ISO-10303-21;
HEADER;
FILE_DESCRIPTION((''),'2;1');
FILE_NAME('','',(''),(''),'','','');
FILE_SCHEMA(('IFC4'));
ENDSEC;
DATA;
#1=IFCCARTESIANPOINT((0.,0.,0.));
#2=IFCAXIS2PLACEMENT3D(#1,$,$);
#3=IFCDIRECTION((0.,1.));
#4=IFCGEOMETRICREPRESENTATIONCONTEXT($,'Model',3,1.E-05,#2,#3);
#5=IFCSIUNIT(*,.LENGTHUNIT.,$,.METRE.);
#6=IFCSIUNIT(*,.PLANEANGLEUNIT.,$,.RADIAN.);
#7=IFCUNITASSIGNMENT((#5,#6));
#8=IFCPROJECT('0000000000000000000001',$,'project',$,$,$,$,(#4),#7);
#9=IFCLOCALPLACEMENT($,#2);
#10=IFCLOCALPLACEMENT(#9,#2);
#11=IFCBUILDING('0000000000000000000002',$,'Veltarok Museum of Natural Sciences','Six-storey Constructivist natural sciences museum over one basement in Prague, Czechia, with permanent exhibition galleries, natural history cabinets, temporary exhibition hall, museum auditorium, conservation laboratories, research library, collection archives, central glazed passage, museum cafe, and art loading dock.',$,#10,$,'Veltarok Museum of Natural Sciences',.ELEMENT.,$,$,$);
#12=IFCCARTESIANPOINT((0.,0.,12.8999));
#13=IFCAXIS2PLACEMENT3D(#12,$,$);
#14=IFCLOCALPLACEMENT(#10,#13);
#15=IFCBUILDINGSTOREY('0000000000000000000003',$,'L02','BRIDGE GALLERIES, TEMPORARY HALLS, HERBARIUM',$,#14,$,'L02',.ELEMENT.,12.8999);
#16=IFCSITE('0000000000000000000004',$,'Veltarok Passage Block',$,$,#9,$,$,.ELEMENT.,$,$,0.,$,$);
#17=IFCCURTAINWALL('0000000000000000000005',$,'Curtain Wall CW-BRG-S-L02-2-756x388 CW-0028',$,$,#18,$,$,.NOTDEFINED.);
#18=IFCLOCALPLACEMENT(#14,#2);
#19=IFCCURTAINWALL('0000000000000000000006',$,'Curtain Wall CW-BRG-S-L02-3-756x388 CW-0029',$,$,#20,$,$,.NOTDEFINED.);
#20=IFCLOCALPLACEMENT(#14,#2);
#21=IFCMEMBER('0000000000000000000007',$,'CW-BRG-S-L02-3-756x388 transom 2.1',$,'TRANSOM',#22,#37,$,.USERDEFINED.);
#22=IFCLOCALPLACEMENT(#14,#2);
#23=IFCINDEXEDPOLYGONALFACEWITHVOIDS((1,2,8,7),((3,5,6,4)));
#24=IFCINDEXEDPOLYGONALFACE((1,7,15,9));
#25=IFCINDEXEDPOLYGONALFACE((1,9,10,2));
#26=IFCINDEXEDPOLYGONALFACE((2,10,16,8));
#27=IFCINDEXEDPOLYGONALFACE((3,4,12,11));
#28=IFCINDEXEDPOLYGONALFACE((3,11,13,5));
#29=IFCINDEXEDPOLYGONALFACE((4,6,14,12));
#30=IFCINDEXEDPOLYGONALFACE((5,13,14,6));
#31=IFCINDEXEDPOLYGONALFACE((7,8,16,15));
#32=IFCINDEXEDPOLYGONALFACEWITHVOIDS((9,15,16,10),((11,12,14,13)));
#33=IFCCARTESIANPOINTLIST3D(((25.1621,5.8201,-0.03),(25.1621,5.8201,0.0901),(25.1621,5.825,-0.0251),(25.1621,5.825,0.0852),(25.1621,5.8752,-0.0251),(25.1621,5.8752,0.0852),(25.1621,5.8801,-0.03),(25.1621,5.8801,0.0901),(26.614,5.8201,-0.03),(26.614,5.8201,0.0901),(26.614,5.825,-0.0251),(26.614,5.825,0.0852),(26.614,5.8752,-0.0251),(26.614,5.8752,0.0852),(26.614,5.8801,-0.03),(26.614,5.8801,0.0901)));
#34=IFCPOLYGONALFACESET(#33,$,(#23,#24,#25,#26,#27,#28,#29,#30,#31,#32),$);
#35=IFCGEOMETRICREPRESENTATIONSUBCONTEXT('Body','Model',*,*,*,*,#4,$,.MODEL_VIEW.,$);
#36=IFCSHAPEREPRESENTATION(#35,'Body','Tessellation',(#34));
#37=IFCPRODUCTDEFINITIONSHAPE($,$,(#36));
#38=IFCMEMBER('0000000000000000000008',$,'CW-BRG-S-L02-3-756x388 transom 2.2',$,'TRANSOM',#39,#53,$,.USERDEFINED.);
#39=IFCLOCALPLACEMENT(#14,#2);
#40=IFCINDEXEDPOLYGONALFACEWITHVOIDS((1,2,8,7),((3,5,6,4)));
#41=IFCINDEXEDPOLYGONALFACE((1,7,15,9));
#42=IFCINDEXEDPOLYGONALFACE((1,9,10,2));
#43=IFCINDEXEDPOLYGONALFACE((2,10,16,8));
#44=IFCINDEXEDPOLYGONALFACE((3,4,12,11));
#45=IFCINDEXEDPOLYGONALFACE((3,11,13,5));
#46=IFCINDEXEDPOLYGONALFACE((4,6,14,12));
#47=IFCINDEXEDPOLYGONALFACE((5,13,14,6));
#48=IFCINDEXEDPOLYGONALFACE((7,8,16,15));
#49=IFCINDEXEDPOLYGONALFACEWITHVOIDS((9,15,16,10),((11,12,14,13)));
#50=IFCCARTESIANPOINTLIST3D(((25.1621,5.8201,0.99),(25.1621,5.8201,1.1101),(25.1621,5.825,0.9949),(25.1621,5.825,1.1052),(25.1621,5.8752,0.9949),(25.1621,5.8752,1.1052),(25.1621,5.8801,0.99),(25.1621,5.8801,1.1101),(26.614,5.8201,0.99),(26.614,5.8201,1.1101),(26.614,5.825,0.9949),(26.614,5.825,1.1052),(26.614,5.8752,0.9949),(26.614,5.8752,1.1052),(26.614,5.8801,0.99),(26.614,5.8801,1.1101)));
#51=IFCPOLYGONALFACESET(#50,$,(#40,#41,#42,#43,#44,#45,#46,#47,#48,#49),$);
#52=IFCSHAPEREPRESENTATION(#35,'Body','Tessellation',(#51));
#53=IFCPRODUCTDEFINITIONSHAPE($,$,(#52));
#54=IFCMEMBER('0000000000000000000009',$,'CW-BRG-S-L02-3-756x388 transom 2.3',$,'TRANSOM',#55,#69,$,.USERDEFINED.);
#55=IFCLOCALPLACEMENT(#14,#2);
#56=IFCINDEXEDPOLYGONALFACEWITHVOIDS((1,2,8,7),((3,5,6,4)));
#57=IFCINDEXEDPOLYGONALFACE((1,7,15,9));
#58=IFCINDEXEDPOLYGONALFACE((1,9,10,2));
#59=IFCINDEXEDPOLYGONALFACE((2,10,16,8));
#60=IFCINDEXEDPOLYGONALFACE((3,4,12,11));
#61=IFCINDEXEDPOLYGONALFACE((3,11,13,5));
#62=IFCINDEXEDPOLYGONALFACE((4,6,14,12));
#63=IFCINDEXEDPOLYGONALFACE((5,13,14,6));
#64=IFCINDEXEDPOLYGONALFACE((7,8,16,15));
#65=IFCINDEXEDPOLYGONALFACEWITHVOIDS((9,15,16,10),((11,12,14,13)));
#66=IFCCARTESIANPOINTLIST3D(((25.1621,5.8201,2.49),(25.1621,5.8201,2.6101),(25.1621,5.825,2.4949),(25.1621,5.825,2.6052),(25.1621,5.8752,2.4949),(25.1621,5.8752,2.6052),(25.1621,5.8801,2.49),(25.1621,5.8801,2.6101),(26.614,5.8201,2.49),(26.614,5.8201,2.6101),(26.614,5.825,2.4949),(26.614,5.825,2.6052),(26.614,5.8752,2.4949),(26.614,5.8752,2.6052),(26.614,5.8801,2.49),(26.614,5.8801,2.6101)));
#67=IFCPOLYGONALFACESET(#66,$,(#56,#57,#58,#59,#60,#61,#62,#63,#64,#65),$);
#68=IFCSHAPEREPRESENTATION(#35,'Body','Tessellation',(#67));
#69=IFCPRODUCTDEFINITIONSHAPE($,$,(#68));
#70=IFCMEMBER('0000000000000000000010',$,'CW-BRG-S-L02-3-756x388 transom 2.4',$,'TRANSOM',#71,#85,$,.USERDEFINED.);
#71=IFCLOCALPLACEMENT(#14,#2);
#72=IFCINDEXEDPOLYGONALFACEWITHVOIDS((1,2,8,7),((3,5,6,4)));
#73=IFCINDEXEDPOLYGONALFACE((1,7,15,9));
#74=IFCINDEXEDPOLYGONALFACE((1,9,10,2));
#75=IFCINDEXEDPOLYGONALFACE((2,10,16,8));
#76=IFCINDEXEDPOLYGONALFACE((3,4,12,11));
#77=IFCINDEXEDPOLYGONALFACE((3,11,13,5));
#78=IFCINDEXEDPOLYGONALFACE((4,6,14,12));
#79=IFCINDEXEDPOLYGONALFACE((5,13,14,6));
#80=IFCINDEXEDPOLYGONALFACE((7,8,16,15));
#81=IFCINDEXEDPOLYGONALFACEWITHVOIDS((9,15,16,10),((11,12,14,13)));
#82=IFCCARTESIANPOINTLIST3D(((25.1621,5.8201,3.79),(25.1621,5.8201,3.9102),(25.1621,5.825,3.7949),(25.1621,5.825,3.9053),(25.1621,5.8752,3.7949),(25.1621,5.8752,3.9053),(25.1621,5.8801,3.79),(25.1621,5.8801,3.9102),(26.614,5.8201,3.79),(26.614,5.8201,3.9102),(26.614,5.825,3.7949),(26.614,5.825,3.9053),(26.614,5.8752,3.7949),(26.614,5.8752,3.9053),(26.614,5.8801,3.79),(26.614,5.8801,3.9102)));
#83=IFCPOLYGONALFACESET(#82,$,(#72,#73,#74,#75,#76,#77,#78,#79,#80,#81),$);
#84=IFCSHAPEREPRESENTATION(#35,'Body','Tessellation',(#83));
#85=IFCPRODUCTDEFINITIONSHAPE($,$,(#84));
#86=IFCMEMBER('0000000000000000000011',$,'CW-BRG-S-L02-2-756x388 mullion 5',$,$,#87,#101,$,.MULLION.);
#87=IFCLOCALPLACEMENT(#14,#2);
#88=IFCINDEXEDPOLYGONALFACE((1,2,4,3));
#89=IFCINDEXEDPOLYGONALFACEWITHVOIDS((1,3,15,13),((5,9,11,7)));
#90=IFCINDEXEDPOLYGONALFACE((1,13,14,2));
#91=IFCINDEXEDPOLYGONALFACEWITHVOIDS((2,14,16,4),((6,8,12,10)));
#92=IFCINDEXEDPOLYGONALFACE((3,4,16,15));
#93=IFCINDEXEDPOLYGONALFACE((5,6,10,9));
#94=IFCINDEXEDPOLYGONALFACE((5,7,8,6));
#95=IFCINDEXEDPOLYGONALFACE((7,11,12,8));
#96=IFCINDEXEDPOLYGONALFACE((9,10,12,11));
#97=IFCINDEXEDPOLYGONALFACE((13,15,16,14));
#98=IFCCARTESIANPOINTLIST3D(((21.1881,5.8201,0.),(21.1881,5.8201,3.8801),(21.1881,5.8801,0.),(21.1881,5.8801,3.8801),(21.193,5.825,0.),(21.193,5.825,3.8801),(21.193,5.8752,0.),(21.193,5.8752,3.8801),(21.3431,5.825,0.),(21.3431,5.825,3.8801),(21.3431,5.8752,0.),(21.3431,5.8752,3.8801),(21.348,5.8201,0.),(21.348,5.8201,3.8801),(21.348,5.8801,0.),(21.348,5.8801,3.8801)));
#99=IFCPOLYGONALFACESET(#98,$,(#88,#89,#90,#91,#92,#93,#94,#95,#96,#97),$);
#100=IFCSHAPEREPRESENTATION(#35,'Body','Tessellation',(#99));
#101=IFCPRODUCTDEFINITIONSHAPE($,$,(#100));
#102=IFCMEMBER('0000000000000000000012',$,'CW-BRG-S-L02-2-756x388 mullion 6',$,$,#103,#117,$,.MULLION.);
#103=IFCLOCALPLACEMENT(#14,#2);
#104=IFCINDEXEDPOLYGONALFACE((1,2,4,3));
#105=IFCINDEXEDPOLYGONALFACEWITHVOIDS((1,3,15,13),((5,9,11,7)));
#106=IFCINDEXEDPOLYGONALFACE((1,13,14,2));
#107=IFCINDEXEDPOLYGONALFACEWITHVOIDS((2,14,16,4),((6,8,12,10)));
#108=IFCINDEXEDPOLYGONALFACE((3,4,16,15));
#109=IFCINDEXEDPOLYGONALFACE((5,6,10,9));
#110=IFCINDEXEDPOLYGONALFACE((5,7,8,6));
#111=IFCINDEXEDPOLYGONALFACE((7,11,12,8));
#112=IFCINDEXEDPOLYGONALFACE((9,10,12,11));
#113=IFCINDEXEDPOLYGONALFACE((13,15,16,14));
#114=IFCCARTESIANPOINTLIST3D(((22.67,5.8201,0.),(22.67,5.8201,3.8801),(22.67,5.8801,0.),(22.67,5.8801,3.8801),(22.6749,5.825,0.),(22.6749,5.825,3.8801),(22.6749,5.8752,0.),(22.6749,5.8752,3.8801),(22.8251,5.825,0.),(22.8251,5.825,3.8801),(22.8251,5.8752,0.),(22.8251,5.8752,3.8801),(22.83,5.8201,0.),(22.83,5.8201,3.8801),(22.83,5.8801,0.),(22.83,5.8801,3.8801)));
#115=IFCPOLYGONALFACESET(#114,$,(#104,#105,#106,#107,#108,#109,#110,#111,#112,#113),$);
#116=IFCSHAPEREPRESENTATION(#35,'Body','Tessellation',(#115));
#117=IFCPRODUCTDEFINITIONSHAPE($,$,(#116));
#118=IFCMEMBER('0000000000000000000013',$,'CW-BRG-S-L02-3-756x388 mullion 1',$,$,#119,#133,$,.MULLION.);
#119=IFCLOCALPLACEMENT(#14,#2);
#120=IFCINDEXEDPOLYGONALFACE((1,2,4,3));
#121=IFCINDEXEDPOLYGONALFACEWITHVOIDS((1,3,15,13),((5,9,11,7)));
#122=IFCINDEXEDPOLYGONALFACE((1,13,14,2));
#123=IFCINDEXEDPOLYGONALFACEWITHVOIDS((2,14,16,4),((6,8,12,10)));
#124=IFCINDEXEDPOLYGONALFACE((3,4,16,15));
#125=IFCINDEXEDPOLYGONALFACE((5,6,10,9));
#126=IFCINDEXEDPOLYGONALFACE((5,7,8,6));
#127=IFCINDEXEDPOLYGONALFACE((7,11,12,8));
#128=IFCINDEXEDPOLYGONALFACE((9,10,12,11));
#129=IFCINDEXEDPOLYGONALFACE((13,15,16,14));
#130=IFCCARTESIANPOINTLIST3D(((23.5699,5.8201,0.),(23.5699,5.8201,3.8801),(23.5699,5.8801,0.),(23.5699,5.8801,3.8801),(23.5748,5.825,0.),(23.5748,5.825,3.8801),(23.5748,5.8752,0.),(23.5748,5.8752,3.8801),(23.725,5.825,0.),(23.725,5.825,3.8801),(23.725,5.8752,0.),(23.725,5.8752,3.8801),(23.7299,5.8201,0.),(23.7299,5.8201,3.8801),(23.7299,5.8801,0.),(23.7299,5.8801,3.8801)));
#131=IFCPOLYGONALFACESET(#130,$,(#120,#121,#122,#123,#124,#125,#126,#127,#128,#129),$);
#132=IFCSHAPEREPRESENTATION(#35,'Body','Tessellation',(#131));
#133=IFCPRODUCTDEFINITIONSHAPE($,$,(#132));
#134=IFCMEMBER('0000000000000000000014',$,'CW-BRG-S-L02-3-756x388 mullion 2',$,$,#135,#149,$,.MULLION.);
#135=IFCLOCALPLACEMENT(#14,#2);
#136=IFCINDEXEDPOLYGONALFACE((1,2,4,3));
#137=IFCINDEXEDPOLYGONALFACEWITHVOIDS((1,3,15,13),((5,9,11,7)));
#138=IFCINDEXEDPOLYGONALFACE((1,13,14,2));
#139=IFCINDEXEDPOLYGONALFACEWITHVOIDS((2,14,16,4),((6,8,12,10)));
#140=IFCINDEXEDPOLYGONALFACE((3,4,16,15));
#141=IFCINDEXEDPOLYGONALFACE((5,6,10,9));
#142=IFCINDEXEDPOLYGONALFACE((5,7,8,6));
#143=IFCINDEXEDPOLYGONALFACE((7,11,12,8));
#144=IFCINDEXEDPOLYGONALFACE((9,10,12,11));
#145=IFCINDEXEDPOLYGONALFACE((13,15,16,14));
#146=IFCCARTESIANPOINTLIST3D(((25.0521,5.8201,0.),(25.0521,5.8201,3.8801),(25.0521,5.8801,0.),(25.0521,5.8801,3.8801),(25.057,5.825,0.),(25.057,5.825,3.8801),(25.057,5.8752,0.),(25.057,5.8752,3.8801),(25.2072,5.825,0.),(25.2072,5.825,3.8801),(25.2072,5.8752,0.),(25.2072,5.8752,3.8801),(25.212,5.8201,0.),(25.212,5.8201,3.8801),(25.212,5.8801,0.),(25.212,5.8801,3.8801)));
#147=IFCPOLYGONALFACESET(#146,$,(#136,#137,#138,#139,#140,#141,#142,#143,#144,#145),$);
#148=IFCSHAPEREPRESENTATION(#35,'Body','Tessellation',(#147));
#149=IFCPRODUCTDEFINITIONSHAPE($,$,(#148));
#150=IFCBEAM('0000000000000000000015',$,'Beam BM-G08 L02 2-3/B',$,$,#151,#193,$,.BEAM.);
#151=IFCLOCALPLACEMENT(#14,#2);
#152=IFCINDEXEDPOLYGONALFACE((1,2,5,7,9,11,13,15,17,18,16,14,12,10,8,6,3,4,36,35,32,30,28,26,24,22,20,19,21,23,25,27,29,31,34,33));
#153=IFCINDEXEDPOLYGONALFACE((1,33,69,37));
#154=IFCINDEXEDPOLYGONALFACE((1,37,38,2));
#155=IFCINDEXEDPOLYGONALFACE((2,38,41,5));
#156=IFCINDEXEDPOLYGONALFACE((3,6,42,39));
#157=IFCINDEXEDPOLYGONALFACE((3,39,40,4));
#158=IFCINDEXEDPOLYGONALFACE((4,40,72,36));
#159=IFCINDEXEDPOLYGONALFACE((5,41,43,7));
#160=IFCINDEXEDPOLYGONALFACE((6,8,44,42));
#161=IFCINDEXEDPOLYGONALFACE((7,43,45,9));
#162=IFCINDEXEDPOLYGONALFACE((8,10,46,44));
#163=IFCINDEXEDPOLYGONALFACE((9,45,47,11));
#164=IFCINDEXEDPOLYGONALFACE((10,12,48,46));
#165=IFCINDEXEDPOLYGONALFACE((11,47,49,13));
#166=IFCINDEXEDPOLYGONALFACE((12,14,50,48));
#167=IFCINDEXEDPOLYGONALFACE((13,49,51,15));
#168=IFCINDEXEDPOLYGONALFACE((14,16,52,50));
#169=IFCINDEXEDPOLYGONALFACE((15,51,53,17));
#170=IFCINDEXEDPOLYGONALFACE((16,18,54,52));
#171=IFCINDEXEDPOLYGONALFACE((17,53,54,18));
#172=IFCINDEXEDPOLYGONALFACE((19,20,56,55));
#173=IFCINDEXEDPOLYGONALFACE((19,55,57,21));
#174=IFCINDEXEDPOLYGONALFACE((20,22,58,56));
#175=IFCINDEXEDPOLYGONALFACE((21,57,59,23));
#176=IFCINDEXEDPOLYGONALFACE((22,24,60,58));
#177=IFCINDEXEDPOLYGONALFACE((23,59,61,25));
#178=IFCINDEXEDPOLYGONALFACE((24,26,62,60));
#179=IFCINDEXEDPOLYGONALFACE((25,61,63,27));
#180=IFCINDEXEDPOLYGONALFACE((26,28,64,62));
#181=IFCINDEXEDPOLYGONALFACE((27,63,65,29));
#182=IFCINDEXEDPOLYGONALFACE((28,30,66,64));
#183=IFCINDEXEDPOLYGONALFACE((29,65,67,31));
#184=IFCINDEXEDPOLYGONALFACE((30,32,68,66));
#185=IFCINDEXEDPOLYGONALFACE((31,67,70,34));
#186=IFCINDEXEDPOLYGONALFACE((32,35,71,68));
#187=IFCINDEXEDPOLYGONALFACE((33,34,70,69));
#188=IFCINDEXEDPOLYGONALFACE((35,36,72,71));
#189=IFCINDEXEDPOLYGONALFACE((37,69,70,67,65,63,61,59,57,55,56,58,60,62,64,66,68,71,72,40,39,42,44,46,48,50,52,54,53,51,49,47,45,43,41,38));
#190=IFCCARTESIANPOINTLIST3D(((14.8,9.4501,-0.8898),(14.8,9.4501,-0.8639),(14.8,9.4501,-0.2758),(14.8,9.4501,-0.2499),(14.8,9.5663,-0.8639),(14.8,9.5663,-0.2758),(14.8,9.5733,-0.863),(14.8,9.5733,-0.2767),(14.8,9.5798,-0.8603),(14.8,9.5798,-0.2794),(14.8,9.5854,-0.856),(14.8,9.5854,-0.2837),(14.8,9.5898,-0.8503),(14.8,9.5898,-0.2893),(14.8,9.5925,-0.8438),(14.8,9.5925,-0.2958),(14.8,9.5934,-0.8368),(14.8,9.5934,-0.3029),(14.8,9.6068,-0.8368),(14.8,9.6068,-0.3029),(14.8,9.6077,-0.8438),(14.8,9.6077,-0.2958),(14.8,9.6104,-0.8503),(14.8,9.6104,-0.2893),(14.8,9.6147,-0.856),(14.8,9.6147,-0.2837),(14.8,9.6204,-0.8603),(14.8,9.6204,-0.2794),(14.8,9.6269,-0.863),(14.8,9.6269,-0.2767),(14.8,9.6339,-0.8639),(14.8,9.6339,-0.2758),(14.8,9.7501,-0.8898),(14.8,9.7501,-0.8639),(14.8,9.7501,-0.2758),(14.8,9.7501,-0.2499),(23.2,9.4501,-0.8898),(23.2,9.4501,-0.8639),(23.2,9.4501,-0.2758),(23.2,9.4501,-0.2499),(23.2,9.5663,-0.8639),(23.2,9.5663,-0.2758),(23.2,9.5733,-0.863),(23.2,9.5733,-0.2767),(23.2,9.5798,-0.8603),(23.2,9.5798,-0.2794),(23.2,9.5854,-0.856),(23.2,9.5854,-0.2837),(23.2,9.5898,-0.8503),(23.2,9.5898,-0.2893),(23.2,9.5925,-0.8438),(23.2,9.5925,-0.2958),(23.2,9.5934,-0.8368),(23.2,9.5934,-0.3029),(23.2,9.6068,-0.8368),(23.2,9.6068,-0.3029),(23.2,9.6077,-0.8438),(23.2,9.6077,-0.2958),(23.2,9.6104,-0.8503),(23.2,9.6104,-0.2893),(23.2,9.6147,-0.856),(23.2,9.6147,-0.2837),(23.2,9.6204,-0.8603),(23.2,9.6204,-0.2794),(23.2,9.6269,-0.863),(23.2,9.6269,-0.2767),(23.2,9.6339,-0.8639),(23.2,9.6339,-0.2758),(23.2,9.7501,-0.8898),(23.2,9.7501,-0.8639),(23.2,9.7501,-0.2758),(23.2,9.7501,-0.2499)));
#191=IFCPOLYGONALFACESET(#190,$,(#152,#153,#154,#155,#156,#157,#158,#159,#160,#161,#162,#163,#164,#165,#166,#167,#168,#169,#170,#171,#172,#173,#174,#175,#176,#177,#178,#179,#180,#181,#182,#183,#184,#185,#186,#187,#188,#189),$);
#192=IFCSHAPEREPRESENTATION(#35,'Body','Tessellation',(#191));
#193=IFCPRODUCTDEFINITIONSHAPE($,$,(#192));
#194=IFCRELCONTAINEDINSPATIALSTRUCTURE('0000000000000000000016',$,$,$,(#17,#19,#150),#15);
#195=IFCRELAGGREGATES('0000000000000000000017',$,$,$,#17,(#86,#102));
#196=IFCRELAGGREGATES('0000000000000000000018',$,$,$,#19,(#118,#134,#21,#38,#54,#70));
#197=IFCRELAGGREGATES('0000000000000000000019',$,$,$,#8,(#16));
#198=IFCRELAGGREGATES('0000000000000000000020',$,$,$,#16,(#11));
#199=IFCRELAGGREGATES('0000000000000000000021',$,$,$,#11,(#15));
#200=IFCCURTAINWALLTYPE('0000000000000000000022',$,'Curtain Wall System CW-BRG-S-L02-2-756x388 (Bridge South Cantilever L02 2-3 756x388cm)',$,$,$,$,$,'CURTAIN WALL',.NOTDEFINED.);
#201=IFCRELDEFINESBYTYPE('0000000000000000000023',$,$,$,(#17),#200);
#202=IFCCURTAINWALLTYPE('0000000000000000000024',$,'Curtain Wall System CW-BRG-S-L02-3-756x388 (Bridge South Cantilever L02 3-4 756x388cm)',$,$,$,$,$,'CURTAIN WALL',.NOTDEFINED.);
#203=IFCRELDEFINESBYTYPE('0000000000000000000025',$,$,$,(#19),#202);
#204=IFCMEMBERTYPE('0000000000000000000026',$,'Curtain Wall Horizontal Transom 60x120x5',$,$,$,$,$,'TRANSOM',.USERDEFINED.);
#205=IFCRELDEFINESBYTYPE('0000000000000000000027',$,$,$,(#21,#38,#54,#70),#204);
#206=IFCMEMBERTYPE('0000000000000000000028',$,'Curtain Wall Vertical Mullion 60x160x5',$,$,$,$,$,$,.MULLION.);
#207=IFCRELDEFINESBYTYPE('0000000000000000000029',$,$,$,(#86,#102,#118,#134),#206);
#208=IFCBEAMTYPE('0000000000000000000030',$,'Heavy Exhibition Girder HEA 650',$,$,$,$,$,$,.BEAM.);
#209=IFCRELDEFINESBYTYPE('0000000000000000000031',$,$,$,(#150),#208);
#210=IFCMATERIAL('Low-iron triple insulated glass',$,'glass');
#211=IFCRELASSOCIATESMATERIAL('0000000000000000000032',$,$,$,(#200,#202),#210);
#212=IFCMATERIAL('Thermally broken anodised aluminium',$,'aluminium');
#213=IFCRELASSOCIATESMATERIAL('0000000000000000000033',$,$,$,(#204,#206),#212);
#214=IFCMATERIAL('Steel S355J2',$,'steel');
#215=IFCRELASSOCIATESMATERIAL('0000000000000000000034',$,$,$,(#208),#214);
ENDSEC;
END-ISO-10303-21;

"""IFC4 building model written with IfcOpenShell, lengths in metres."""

from ifc_helpers import new_model, si_unit, direction, frame, origin, origin_2d, place, context, subcontext, project, spatial, hollow_rectangle, i_section, extrude, material, material_profile, profile_set, type_object, element, aggregate, save


model = new_model("IFC4")

# Units and contexts
model_context = context("Model", 3, precision=1e-05, world=origin(), true_north=direction((0.0, 1.0)))
body_context = subcontext(model_context, "Body", "Model", "MODEL_VIEW")
ifc_project = project(units=[si_unit("LENGTHUNIT", "METRE"), si_unit("PLANEANGLEUNIT", "RADIAN")], contexts=[model_context])

# Site, building, storey
site_placement = place(None, origin())
site = spatial("IfcSite", under=ifc_project, at=site_placement, Name="Veltarok Passage Block", CompositionType="ELEMENT", RefElevation=0.0)
building_placement = place(site_placement, origin())
building = spatial("IfcBuilding", under=site, at=building_placement, Name="Veltarok Museum of Natural Sciences", Description="Six-storey Constructivist natural sciences museum over one basement in Prague, Czechia, with permanent exhibition galleries, natural history cabinets, temporary exhibition hall, museum auditorium, conservation laboratories, research library, collection archives, central glazed passage, museum cafe, and art loading dock.", LongName="Veltarok Museum of Natural Sciences", CompositionType="ELEMENT")
storey_placement = place(building_placement, frame((0.0, 0.0, 12.8999)))
storey = spatial("IfcBuildingStorey", under=building, at=storey_placement, Name="L02", Description="BRIDGE GALLERIES, TEMPORARY HALLS, HERBARIUM", LongName="L02", CompositionType="ELEMENT", Elevation=12.8999)

# Shared definitions
ifc_material_1 = material(Name="Steel S355J2", Category="steel")

# Curtain walls, members
ifc_material_2 = material(Name="Low-iron triple insulated glass", Category="glass")
curtain_wall_type_1 = type_object("IfcCurtainWallType", Name="Curtain Wall System CW-BRG-S-L02-2-756x388 (Bridge South Cantilever L02 2-3 756x388cm)", ElementType="CURTAIN WALL", PredefinedType="NOTDEFINED", material=ifc_material_2)
curtain_wall_1_placement = place(storey_placement, origin())
curtain_wall_1 = element("IfcCurtainWall", 1, at=curtain_wall_1_placement, inside=storey, type_object=curtain_wall_type_1, Name="Curtain Wall CW-BRG-S-L02-2-756x388 CW-0028", PredefinedType="NOTDEFINED")
ifc_material_3 = material(Name="Thermally broken anodised aluminium", Category="aluminium")
ifc_material_profile_1 = material_profile(ifc_material_3, hollow_rectangle(XDim=0.0601, YDim=0.1201, WallThickness=0.0049, at=origin_2d()), Name="CW TRANSOM 60x120x5")
ifc_profile_set_1 = profile_set([ifc_material_profile_1], Name="Thermally broken anodised aluminium")
member_type_1 = type_object("IfcMemberType", Name="Curtain Wall Horizontal Transom 60x120x5", ElementType="TRANSOM", PredefinedType="USERDEFINED", material=ifc_profile_set_1)
curtain_wall_type_2 = type_object("IfcCurtainWallType", Name="Curtain Wall System CW-BRG-S-L02-3-756x388 (Bridge South Cantilever L02 3-4 756x388cm)", ElementType="CURTAIN WALL", PredefinedType="NOTDEFINED", material=ifc_material_2)
curtain_wall_2_placement = place(storey_placement, origin())
curtain_wall_2 = element("IfcCurtainWall", 2, at=curtain_wall_2_placement, inside=storey, type_object=curtain_wall_type_2, Name="Curtain Wall CW-BRG-S-L02-3-756x388 CW-0029", PredefinedType="NOTDEFINED")
member_1_placement = place(storey_placement, frame((25.1621, 5.8501, 0.03), z_axis=(1.0, 0.0, 0.0), x_axis=(0.0, 1.0, 0.0)))
member_1 = element("IfcMember", 3, at=member_1_placement, type_object=member_type_1, Name="CW-BRG-S-L02-3-756x388 transom 2.1", ObjectType="TRANSOM", PredefinedType="USERDEFINED", context=body_context, shape_type="SweptSolid", body=[
    extrude(hollow_rectangle(XDim=0.0601, YDim=0.1201, WallThickness=0.0049, at=origin_2d()), origin(), (0.0, 0.0, 1.0), 1.4519),
])
member_2_placement = place(storey_placement, frame((25.1621, 5.8501, 1.05), z_axis=(1.0, 0.0, 0.0), x_axis=(0.0, 1.0, 0.0)))
member_2 = element("IfcMember", 4, at=member_2_placement, type_object=member_type_1, Name="CW-BRG-S-L02-3-756x388 transom 2.2", ObjectType="TRANSOM", PredefinedType="USERDEFINED", context=body_context, shape_type="SweptSolid", body=[
    extrude(hollow_rectangle(XDim=0.0601, YDim=0.1201, WallThickness=0.0049, at=origin_2d()), origin(), (0.0, 0.0, 1.0), 1.4519),
])
member_3_placement = place(storey_placement, frame((25.1621, 5.8501, 2.55), z_axis=(1.0, 0.0, 0.0), x_axis=(0.0, 1.0, 0.0)))
member_3 = element("IfcMember", 5, at=member_3_placement, type_object=member_type_1, Name="CW-BRG-S-L02-3-756x388 transom 2.3", ObjectType="TRANSOM", PredefinedType="USERDEFINED", context=body_context, shape_type="SweptSolid", body=[
    extrude(hollow_rectangle(XDim=0.0601, YDim=0.1201, WallThickness=0.0049, at=origin_2d()), origin(), (0.0, 0.0, 1.0), 1.4519),
])
member_4_placement = place(storey_placement, frame((25.1621, 5.8501, 3.8501), z_axis=(1.0, 0.0, 0.0), x_axis=(0.0, 1.0, 0.0)))
member_4 = element("IfcMember", 6, at=member_4_placement, type_object=member_type_1, Name="CW-BRG-S-L02-3-756x388 transom 2.4", ObjectType="TRANSOM", PredefinedType="USERDEFINED", context=body_context, shape_type="SweptSolid", body=[
    extrude(hollow_rectangle(XDim=0.0601, YDim=0.1201, WallThickness=0.0049, at=origin_2d()), origin(), (0.0, 0.0, 1.0), 1.4519),
])

# Members
ifc_material_profile_2 = material_profile(ifc_material_3, hollow_rectangle(XDim=0.0601, YDim=0.1599, WallThickness=0.0049, at=origin_2d()), Name="CW MULLION 60x160x5")
ifc_profile_set_2 = profile_set([ifc_material_profile_2], Name="Thermally broken anodised aluminium")
member_type_2 = type_object("IfcMemberType", Name="Curtain Wall Vertical Mullion 60x160x5", PredefinedType="MULLION", material=ifc_profile_set_2)
member_5_placement = place(storey_placement, frame((21.2681, 5.8501, 0.0), z_axis=(0.0, 0.0, 1.0), x_axis=(0.0, 1.0, 0.0)))
member_5 = element("IfcMember", 7, at=member_5_placement, type_object=member_type_2, Name="CW-BRG-S-L02-2-756x388 mullion 5", PredefinedType="MULLION", context=body_context, shape_type="SweptSolid", body=[
    extrude(hollow_rectangle(XDim=0.0601, YDim=0.1599, WallThickness=0.0049, at=origin_2d()), origin(), (0.0, 0.0, 1.0), 3.8801),
])
member_6_placement = place(storey_placement, frame((22.75, 5.8501, 0.0), z_axis=(0.0, 0.0, 1.0), x_axis=(0.0, 1.0, 0.0)))
member_6 = element("IfcMember", 8, at=member_6_placement, type_object=member_type_2, Name="CW-BRG-S-L02-2-756x388 mullion 6", PredefinedType="MULLION", context=body_context, shape_type="SweptSolid", body=[
    extrude(hollow_rectangle(XDim=0.0601, YDim=0.1599, WallThickness=0.0049, at=origin_2d()), origin(), (0.0, 0.0, 1.0), 3.8801),
])
member_7_placement = place(storey_placement, frame((23.6499, 5.8501, 0.0), z_axis=(0.0, 0.0, 1.0), x_axis=(0.0, 1.0, 0.0)))
member_7 = element("IfcMember", 9, at=member_7_placement, type_object=member_type_2, Name="CW-BRG-S-L02-3-756x388 mullion 1", PredefinedType="MULLION", context=body_context, shape_type="SweptSolid", body=[
    extrude(hollow_rectangle(XDim=0.0601, YDim=0.1599, WallThickness=0.0049, at=origin_2d()), origin(), (0.0, 0.0, 1.0), 3.8801),
])
member_8_placement = place(storey_placement, frame((25.1321, 5.8501, 0.0), z_axis=(0.0, 0.0, 1.0), x_axis=(0.0, 1.0, 0.0)))
member_8 = element("IfcMember", 10, at=member_8_placement, type_object=member_type_2, Name="CW-BRG-S-L02-3-756x388 mullion 2", PredefinedType="MULLION", context=body_context, shape_type="SweptSolid", body=[
    extrude(hollow_rectangle(XDim=0.0601, YDim=0.1599, WallThickness=0.0049, at=origin_2d()), origin(), (0.0, 0.0, 1.0), 3.8801),
])

# Beam
ifc_material_profile_3 = material_profile(ifc_material_1, i_section(OverallWidth=0.3, OverallDepth=0.6399, WebThickness=0.0134, FlangeThickness=0.0259, FilletRadius=0.0271, at=origin_2d()), Name="HEA 650")
ifc_profile_set_3 = profile_set([ifc_material_profile_3], Name="Steel S355J2")
beam_type_1 = type_object("IfcBeamType", Name="Heavy Exhibition Girder HEA 650", PredefinedType="BEAM", material=ifc_profile_set_3)
beam_1_placement = place(storey_placement, frame((14.8, 9.6001, -0.5698), z_axis=(1.0, 0.0, 0.0), x_axis=(0.0, 1.0, 0.0)))
element("IfcBeam", 11, at=beam_1_placement, inside=storey, type_object=beam_type_1, Name="Beam BM-G08 L02 2-3/B", PredefinedType="BEAM", context=body_context, shape_type="SweptSolid", body=[
    extrude(i_section(OverallWidth=0.3, OverallDepth=0.6399, WebThickness=0.0134, FlangeThickness=0.0259, FilletRadius=0.0271, at=origin_2d()), origin(), (0.0, 0.0, 1.0), 8.3999),
])

aggregate(curtain_wall_1, [member_5, member_6])
aggregate(curtain_wall_2, [member_7, member_8, member_1, member_2, member_3, member_4])

save(model, "model.ifc")
